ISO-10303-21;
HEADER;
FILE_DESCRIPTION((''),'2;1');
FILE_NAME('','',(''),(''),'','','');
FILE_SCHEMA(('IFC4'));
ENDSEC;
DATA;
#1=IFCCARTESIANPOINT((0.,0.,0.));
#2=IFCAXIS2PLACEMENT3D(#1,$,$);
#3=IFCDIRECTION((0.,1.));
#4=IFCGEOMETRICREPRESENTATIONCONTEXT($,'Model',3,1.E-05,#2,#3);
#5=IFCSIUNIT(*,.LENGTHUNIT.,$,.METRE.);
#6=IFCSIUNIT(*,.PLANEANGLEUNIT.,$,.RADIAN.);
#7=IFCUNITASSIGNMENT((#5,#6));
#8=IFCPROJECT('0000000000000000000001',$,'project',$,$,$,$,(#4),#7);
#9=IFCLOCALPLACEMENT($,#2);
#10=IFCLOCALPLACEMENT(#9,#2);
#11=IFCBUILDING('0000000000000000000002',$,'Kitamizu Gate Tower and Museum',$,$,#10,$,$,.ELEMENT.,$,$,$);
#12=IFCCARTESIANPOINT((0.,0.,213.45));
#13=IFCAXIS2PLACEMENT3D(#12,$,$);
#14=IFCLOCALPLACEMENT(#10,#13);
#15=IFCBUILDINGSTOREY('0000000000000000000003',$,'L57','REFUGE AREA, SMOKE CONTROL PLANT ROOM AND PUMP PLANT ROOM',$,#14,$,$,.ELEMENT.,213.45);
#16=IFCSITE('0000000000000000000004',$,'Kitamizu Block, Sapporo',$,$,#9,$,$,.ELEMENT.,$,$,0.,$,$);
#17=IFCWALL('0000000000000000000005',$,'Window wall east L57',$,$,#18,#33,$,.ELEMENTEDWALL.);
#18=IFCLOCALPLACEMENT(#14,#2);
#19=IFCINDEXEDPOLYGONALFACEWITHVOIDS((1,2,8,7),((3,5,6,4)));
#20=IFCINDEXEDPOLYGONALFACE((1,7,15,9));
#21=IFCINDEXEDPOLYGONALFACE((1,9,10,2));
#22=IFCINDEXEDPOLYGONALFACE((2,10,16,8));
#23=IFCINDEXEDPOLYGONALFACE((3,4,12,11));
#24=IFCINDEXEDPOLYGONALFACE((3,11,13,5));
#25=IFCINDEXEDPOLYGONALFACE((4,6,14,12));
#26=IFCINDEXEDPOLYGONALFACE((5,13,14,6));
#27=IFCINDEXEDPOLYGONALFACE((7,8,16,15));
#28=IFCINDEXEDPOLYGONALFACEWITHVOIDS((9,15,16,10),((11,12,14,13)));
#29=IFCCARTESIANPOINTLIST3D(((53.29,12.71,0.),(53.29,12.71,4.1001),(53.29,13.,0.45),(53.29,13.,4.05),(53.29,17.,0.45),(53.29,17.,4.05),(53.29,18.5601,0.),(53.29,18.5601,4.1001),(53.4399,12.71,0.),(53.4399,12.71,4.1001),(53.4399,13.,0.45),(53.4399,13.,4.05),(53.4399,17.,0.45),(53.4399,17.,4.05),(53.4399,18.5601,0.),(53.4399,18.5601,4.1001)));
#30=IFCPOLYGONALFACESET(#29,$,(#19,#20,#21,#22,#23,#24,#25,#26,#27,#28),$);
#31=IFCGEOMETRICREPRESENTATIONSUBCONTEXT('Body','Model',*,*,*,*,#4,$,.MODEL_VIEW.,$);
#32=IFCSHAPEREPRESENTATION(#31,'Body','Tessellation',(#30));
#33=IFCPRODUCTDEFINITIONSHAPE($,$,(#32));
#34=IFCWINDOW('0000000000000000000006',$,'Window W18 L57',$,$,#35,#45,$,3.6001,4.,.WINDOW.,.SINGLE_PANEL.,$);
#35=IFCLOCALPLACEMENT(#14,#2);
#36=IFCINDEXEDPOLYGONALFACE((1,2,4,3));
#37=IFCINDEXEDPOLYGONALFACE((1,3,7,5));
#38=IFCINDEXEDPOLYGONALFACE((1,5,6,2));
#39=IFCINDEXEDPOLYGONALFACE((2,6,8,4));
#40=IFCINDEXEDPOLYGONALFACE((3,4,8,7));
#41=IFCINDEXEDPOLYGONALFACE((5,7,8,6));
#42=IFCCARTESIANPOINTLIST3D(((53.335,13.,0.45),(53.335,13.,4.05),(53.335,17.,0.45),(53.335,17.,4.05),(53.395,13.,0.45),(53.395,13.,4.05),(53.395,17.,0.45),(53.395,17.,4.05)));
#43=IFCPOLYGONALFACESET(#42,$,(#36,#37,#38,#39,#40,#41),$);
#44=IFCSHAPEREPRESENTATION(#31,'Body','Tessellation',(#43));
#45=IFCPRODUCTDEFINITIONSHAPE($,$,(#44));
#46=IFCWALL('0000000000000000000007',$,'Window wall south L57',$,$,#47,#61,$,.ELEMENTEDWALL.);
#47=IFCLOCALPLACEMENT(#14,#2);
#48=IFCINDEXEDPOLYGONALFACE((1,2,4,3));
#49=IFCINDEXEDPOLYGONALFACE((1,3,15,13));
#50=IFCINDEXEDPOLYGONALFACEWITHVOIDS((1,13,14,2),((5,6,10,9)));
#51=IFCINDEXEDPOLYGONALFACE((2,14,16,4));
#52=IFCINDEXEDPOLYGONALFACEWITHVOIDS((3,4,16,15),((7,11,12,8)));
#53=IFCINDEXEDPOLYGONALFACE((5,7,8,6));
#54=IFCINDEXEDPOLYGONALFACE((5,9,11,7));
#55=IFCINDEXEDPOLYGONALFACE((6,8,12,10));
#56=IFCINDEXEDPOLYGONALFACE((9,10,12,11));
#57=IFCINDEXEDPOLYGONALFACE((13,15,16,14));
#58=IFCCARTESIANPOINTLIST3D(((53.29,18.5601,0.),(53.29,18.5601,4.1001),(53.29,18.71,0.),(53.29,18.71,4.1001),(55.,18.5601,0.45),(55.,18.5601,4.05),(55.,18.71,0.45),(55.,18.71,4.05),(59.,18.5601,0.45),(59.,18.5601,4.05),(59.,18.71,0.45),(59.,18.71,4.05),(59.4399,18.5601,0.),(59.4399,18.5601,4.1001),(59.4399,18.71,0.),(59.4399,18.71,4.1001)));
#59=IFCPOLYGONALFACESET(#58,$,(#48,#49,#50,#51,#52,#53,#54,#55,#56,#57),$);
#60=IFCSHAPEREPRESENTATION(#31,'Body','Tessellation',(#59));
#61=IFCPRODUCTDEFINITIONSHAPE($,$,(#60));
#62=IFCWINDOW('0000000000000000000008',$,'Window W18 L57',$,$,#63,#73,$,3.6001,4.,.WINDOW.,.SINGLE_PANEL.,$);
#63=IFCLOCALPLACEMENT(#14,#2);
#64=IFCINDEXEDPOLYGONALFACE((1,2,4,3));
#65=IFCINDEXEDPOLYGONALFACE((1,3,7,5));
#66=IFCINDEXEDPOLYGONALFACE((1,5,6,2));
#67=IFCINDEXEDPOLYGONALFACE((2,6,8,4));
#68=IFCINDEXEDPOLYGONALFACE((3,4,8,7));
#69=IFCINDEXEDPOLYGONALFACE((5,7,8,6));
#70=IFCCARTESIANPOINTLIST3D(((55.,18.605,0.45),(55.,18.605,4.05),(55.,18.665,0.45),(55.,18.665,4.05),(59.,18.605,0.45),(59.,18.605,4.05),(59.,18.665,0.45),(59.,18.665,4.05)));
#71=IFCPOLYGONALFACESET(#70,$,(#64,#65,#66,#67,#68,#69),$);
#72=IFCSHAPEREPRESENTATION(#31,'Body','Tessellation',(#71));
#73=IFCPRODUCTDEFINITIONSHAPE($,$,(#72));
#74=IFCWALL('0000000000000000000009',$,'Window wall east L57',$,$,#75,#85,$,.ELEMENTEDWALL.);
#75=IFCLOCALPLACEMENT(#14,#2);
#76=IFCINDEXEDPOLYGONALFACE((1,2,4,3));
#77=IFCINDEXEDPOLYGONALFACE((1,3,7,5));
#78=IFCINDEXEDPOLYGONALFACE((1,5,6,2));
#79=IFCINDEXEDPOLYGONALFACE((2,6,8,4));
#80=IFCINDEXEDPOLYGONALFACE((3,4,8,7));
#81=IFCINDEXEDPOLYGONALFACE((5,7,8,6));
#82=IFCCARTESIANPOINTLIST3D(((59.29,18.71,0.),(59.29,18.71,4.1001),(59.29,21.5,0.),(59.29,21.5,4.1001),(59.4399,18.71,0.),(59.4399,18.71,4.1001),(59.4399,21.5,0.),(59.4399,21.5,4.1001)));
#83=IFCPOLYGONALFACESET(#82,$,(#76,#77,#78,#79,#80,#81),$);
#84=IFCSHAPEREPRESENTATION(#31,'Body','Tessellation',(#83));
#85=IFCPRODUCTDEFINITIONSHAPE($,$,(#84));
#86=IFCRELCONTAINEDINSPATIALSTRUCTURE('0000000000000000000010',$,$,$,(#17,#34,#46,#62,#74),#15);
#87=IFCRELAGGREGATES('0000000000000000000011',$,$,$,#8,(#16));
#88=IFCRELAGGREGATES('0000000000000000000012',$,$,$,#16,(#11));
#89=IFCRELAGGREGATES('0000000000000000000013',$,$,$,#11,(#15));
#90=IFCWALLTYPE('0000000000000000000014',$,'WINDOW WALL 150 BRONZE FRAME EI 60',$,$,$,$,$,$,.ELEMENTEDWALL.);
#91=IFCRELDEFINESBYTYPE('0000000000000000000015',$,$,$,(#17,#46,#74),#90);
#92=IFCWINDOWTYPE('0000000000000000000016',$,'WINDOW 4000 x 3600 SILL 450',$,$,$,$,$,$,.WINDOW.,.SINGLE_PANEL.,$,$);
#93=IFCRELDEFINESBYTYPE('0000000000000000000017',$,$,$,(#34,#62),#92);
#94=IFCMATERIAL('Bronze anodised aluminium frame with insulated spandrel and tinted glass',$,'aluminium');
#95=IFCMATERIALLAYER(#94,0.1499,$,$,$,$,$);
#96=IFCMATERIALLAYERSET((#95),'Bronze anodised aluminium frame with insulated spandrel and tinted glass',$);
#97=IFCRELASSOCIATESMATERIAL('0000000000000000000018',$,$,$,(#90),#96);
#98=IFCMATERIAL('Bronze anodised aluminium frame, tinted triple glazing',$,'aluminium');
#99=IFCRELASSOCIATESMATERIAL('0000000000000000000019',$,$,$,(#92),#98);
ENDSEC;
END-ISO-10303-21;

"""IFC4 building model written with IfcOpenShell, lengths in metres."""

from ifc_helpers import new_model, si_unit, direction, frame, frame_2d, origin, place, context, subcontext, project, spatial, rectangle, extrude, material, layer, layer_set, type_object, element, fill, save


model = new_model("IFC4")

# Units and contexts
model_context = context("Model", 3, precision=1e-05, world=origin(), true_north=direction((0.0, 1.0)))
body_context = subcontext(model_context, "Body", "Model", "MODEL_VIEW")
ifc_project = project(units=[si_unit("LENGTHUNIT", "METRE"), si_unit("PLANEANGLEUNIT", "RADIAN")], contexts=[model_context])

# Site, building, storey
site_placement = place(None, origin())
site = spatial("IfcSite", under=ifc_project, at=site_placement, Name="Kitamizu Block, Sapporo", CompositionType="ELEMENT", RefElevation=0.0)
building_placement = place(site_placement, origin())
building = spatial("IfcBuilding", under=site, at=building_placement, Name="Kitamizu Gate Tower and Museum", CompositionType="ELEMENT")
storey_placement = place(building_placement, frame((0.0, 0.0, 213.45)))
storey = spatial("IfcBuildingStorey", under=building, at=storey_placement, Name="L57", Description="REFUGE AREA, SMOKE CONTROL PLANT ROOM AND PUMP PLANT ROOM", CompositionType="ELEMENT", Elevation=213.45)

# Walls, openings, windows
ifc_material_1 = material(Name="Bronze anodised aluminium frame with insulated spandrel and tinted glass", Category="aluminium")
ifc_layer_1 = layer(ifc_material_1, 0.1499)
ifc_layer_set_1 = layer_set([ifc_layer_1], Name="Bronze anodised aluminium frame with insulated spandrel and tinted glass")
wall_type_1 = type_object("IfcWallType", Name="WINDOW WALL 150 BRONZE FRAME EI 60", PredefinedType="ELEMENTEDWALL", material=ifc_layer_set_1)
wall_1_placement = place(storey_placement, frame((53.365, 12.71, 0.0), z_axis=(0.0, 0.0, 1.0), x_axis=(0.0, 1.0, 0.0)))
wall_1 = element("IfcWall", 1, at=wall_1_placement, inside=storey, type_object=wall_type_1, Name="Window wall east L57", PredefinedType="ELEMENTEDWALL", context=body_context, shape_type="SweptSolid", body=[
    extrude(rectangle(XDim=5.8501, YDim=0.1499, at=frame_2d((2.925, 0.0))), origin(), (0.0, 0.0, 1.0), 4.1001),
])
opening_1_placement = place(wall_1_placement, frame((0.29, 0.0, 0.45)))
opening_1 = element("IfcOpeningElement", 2, at=opening_1_placement, cuts=wall_1, PredefinedType="OPENING", context=body_context, shape_type="SweptSolid", body=[
    extrude(rectangle(XDim=4.0, YDim=3.6001, at=frame_2d((2.0, 1.8))), frame((0.0, 0.085, 0.0), z_axis=(0.0, -1.0, 0.0), x_axis=(1.0, 0.0, 0.0)), (0.0, 0.0, 1.0), 0.1699),
])
ifc_material_2 = material(Name="Bronze anodised aluminium frame, tinted triple glazing", Category="aluminium")
window_type = type_object("IfcWindowType", Name="WINDOW 4000 x 3600 SILL 450", PartitioningType="SINGLE_PANEL", PredefinedType="WINDOW", material=ifc_material_2)
window_1_placement = place(opening_1_placement, origin())
window_1 = element("IfcWindow", 3, at=window_1_placement, inside=storey, type_object=window_type, Name="Window W18 L57", OverallHeight=3.6001, OverallWidth=4.0, PartitioningType="SINGLE_PANEL", PredefinedType="WINDOW", context=body_context, shape_type="SweptSolid", body=[
    extrude(rectangle(XDim=4.0, YDim=3.6001, at=frame_2d((2.0, 1.8))), frame((0.0, 0.03, 0.0), z_axis=(0.0, -1.0, 0.0), x_axis=(1.0, 0.0, 0.0)), (0.0, 0.0, 1.0), 0.0601),
])
fill(opening_1, window_1)
wall_2_placement = place(storey_placement, frame((53.29, 18.635, 0.0), z_axis=(0.0, 0.0, 1.0), x_axis=(1.0, 0.0, 0.0)))
wall_2 = element("IfcWall", 4, at=wall_2_placement, inside=storey, type_object=wall_type_1, Name="Window wall south L57", PredefinedType="ELEMENTEDWALL", context=body_context, shape_type="SweptSolid", body=[
    extrude(rectangle(XDim=6.1499, YDim=0.1499, at=frame_2d((3.075, 0.0))), origin(), (0.0, 0.0, 1.0), 4.1001),
])
opening_2_placement = place(wall_2_placement, frame((1.71, 0.0, 0.45)))
opening_2 = element("IfcOpeningElement", 5, at=opening_2_placement, cuts=wall_2, PredefinedType="OPENING", context=body_context, shape_type="SweptSolid", body=[
    extrude(rectangle(XDim=4.0, YDim=3.6001, at=frame_2d((2.0, 1.8))), frame((0.0, 0.085, 0.0), z_axis=(0.0, -1.0, 0.0), x_axis=(1.0, 0.0, 0.0)), (0.0, 0.0, 1.0), 0.1699),
])
window_2_placement = place(opening_2_placement, origin())
window_2 = element("IfcWindow", 6, at=window_2_placement, inside=storey, type_object=window_type, Name="Window W18 L57", OverallHeight=3.6001, OverallWidth=4.0, PartitioningType="SINGLE_PANEL", PredefinedType="WINDOW", context=body_context, shape_type="SweptSolid", body=[
    extrude(rectangle(XDim=4.0, YDim=3.6001, at=frame_2d((2.0, 1.8))), frame((0.0, 0.03, 0.0), z_axis=(0.0, -1.0, 0.0), x_axis=(1.0, 0.0, 0.0)), (0.0, 0.0, 1.0), 0.0601),
])
fill(opening_2, window_2)

# Wall
wall_3_placement = place(storey_placement, frame((59.365, 18.71, 0.0), z_axis=(0.0, 0.0, 1.0), x_axis=(0.0, 1.0, 0.0)))
element("IfcWall", 7, at=wall_3_placement, inside=storey, type_object=wall_type_1, Name="Window wall east L57", PredefinedType="ELEMENTEDWALL", context=body_context, shape_type="SweptSolid", body=[
    extrude(rectangle(XDim=2.79, YDim=0.1499, at=frame_2d((1.395, 0.0))), origin(), (0.0, 0.0, 1.0), 4.1001),
])

save(model, "model.ifc")
